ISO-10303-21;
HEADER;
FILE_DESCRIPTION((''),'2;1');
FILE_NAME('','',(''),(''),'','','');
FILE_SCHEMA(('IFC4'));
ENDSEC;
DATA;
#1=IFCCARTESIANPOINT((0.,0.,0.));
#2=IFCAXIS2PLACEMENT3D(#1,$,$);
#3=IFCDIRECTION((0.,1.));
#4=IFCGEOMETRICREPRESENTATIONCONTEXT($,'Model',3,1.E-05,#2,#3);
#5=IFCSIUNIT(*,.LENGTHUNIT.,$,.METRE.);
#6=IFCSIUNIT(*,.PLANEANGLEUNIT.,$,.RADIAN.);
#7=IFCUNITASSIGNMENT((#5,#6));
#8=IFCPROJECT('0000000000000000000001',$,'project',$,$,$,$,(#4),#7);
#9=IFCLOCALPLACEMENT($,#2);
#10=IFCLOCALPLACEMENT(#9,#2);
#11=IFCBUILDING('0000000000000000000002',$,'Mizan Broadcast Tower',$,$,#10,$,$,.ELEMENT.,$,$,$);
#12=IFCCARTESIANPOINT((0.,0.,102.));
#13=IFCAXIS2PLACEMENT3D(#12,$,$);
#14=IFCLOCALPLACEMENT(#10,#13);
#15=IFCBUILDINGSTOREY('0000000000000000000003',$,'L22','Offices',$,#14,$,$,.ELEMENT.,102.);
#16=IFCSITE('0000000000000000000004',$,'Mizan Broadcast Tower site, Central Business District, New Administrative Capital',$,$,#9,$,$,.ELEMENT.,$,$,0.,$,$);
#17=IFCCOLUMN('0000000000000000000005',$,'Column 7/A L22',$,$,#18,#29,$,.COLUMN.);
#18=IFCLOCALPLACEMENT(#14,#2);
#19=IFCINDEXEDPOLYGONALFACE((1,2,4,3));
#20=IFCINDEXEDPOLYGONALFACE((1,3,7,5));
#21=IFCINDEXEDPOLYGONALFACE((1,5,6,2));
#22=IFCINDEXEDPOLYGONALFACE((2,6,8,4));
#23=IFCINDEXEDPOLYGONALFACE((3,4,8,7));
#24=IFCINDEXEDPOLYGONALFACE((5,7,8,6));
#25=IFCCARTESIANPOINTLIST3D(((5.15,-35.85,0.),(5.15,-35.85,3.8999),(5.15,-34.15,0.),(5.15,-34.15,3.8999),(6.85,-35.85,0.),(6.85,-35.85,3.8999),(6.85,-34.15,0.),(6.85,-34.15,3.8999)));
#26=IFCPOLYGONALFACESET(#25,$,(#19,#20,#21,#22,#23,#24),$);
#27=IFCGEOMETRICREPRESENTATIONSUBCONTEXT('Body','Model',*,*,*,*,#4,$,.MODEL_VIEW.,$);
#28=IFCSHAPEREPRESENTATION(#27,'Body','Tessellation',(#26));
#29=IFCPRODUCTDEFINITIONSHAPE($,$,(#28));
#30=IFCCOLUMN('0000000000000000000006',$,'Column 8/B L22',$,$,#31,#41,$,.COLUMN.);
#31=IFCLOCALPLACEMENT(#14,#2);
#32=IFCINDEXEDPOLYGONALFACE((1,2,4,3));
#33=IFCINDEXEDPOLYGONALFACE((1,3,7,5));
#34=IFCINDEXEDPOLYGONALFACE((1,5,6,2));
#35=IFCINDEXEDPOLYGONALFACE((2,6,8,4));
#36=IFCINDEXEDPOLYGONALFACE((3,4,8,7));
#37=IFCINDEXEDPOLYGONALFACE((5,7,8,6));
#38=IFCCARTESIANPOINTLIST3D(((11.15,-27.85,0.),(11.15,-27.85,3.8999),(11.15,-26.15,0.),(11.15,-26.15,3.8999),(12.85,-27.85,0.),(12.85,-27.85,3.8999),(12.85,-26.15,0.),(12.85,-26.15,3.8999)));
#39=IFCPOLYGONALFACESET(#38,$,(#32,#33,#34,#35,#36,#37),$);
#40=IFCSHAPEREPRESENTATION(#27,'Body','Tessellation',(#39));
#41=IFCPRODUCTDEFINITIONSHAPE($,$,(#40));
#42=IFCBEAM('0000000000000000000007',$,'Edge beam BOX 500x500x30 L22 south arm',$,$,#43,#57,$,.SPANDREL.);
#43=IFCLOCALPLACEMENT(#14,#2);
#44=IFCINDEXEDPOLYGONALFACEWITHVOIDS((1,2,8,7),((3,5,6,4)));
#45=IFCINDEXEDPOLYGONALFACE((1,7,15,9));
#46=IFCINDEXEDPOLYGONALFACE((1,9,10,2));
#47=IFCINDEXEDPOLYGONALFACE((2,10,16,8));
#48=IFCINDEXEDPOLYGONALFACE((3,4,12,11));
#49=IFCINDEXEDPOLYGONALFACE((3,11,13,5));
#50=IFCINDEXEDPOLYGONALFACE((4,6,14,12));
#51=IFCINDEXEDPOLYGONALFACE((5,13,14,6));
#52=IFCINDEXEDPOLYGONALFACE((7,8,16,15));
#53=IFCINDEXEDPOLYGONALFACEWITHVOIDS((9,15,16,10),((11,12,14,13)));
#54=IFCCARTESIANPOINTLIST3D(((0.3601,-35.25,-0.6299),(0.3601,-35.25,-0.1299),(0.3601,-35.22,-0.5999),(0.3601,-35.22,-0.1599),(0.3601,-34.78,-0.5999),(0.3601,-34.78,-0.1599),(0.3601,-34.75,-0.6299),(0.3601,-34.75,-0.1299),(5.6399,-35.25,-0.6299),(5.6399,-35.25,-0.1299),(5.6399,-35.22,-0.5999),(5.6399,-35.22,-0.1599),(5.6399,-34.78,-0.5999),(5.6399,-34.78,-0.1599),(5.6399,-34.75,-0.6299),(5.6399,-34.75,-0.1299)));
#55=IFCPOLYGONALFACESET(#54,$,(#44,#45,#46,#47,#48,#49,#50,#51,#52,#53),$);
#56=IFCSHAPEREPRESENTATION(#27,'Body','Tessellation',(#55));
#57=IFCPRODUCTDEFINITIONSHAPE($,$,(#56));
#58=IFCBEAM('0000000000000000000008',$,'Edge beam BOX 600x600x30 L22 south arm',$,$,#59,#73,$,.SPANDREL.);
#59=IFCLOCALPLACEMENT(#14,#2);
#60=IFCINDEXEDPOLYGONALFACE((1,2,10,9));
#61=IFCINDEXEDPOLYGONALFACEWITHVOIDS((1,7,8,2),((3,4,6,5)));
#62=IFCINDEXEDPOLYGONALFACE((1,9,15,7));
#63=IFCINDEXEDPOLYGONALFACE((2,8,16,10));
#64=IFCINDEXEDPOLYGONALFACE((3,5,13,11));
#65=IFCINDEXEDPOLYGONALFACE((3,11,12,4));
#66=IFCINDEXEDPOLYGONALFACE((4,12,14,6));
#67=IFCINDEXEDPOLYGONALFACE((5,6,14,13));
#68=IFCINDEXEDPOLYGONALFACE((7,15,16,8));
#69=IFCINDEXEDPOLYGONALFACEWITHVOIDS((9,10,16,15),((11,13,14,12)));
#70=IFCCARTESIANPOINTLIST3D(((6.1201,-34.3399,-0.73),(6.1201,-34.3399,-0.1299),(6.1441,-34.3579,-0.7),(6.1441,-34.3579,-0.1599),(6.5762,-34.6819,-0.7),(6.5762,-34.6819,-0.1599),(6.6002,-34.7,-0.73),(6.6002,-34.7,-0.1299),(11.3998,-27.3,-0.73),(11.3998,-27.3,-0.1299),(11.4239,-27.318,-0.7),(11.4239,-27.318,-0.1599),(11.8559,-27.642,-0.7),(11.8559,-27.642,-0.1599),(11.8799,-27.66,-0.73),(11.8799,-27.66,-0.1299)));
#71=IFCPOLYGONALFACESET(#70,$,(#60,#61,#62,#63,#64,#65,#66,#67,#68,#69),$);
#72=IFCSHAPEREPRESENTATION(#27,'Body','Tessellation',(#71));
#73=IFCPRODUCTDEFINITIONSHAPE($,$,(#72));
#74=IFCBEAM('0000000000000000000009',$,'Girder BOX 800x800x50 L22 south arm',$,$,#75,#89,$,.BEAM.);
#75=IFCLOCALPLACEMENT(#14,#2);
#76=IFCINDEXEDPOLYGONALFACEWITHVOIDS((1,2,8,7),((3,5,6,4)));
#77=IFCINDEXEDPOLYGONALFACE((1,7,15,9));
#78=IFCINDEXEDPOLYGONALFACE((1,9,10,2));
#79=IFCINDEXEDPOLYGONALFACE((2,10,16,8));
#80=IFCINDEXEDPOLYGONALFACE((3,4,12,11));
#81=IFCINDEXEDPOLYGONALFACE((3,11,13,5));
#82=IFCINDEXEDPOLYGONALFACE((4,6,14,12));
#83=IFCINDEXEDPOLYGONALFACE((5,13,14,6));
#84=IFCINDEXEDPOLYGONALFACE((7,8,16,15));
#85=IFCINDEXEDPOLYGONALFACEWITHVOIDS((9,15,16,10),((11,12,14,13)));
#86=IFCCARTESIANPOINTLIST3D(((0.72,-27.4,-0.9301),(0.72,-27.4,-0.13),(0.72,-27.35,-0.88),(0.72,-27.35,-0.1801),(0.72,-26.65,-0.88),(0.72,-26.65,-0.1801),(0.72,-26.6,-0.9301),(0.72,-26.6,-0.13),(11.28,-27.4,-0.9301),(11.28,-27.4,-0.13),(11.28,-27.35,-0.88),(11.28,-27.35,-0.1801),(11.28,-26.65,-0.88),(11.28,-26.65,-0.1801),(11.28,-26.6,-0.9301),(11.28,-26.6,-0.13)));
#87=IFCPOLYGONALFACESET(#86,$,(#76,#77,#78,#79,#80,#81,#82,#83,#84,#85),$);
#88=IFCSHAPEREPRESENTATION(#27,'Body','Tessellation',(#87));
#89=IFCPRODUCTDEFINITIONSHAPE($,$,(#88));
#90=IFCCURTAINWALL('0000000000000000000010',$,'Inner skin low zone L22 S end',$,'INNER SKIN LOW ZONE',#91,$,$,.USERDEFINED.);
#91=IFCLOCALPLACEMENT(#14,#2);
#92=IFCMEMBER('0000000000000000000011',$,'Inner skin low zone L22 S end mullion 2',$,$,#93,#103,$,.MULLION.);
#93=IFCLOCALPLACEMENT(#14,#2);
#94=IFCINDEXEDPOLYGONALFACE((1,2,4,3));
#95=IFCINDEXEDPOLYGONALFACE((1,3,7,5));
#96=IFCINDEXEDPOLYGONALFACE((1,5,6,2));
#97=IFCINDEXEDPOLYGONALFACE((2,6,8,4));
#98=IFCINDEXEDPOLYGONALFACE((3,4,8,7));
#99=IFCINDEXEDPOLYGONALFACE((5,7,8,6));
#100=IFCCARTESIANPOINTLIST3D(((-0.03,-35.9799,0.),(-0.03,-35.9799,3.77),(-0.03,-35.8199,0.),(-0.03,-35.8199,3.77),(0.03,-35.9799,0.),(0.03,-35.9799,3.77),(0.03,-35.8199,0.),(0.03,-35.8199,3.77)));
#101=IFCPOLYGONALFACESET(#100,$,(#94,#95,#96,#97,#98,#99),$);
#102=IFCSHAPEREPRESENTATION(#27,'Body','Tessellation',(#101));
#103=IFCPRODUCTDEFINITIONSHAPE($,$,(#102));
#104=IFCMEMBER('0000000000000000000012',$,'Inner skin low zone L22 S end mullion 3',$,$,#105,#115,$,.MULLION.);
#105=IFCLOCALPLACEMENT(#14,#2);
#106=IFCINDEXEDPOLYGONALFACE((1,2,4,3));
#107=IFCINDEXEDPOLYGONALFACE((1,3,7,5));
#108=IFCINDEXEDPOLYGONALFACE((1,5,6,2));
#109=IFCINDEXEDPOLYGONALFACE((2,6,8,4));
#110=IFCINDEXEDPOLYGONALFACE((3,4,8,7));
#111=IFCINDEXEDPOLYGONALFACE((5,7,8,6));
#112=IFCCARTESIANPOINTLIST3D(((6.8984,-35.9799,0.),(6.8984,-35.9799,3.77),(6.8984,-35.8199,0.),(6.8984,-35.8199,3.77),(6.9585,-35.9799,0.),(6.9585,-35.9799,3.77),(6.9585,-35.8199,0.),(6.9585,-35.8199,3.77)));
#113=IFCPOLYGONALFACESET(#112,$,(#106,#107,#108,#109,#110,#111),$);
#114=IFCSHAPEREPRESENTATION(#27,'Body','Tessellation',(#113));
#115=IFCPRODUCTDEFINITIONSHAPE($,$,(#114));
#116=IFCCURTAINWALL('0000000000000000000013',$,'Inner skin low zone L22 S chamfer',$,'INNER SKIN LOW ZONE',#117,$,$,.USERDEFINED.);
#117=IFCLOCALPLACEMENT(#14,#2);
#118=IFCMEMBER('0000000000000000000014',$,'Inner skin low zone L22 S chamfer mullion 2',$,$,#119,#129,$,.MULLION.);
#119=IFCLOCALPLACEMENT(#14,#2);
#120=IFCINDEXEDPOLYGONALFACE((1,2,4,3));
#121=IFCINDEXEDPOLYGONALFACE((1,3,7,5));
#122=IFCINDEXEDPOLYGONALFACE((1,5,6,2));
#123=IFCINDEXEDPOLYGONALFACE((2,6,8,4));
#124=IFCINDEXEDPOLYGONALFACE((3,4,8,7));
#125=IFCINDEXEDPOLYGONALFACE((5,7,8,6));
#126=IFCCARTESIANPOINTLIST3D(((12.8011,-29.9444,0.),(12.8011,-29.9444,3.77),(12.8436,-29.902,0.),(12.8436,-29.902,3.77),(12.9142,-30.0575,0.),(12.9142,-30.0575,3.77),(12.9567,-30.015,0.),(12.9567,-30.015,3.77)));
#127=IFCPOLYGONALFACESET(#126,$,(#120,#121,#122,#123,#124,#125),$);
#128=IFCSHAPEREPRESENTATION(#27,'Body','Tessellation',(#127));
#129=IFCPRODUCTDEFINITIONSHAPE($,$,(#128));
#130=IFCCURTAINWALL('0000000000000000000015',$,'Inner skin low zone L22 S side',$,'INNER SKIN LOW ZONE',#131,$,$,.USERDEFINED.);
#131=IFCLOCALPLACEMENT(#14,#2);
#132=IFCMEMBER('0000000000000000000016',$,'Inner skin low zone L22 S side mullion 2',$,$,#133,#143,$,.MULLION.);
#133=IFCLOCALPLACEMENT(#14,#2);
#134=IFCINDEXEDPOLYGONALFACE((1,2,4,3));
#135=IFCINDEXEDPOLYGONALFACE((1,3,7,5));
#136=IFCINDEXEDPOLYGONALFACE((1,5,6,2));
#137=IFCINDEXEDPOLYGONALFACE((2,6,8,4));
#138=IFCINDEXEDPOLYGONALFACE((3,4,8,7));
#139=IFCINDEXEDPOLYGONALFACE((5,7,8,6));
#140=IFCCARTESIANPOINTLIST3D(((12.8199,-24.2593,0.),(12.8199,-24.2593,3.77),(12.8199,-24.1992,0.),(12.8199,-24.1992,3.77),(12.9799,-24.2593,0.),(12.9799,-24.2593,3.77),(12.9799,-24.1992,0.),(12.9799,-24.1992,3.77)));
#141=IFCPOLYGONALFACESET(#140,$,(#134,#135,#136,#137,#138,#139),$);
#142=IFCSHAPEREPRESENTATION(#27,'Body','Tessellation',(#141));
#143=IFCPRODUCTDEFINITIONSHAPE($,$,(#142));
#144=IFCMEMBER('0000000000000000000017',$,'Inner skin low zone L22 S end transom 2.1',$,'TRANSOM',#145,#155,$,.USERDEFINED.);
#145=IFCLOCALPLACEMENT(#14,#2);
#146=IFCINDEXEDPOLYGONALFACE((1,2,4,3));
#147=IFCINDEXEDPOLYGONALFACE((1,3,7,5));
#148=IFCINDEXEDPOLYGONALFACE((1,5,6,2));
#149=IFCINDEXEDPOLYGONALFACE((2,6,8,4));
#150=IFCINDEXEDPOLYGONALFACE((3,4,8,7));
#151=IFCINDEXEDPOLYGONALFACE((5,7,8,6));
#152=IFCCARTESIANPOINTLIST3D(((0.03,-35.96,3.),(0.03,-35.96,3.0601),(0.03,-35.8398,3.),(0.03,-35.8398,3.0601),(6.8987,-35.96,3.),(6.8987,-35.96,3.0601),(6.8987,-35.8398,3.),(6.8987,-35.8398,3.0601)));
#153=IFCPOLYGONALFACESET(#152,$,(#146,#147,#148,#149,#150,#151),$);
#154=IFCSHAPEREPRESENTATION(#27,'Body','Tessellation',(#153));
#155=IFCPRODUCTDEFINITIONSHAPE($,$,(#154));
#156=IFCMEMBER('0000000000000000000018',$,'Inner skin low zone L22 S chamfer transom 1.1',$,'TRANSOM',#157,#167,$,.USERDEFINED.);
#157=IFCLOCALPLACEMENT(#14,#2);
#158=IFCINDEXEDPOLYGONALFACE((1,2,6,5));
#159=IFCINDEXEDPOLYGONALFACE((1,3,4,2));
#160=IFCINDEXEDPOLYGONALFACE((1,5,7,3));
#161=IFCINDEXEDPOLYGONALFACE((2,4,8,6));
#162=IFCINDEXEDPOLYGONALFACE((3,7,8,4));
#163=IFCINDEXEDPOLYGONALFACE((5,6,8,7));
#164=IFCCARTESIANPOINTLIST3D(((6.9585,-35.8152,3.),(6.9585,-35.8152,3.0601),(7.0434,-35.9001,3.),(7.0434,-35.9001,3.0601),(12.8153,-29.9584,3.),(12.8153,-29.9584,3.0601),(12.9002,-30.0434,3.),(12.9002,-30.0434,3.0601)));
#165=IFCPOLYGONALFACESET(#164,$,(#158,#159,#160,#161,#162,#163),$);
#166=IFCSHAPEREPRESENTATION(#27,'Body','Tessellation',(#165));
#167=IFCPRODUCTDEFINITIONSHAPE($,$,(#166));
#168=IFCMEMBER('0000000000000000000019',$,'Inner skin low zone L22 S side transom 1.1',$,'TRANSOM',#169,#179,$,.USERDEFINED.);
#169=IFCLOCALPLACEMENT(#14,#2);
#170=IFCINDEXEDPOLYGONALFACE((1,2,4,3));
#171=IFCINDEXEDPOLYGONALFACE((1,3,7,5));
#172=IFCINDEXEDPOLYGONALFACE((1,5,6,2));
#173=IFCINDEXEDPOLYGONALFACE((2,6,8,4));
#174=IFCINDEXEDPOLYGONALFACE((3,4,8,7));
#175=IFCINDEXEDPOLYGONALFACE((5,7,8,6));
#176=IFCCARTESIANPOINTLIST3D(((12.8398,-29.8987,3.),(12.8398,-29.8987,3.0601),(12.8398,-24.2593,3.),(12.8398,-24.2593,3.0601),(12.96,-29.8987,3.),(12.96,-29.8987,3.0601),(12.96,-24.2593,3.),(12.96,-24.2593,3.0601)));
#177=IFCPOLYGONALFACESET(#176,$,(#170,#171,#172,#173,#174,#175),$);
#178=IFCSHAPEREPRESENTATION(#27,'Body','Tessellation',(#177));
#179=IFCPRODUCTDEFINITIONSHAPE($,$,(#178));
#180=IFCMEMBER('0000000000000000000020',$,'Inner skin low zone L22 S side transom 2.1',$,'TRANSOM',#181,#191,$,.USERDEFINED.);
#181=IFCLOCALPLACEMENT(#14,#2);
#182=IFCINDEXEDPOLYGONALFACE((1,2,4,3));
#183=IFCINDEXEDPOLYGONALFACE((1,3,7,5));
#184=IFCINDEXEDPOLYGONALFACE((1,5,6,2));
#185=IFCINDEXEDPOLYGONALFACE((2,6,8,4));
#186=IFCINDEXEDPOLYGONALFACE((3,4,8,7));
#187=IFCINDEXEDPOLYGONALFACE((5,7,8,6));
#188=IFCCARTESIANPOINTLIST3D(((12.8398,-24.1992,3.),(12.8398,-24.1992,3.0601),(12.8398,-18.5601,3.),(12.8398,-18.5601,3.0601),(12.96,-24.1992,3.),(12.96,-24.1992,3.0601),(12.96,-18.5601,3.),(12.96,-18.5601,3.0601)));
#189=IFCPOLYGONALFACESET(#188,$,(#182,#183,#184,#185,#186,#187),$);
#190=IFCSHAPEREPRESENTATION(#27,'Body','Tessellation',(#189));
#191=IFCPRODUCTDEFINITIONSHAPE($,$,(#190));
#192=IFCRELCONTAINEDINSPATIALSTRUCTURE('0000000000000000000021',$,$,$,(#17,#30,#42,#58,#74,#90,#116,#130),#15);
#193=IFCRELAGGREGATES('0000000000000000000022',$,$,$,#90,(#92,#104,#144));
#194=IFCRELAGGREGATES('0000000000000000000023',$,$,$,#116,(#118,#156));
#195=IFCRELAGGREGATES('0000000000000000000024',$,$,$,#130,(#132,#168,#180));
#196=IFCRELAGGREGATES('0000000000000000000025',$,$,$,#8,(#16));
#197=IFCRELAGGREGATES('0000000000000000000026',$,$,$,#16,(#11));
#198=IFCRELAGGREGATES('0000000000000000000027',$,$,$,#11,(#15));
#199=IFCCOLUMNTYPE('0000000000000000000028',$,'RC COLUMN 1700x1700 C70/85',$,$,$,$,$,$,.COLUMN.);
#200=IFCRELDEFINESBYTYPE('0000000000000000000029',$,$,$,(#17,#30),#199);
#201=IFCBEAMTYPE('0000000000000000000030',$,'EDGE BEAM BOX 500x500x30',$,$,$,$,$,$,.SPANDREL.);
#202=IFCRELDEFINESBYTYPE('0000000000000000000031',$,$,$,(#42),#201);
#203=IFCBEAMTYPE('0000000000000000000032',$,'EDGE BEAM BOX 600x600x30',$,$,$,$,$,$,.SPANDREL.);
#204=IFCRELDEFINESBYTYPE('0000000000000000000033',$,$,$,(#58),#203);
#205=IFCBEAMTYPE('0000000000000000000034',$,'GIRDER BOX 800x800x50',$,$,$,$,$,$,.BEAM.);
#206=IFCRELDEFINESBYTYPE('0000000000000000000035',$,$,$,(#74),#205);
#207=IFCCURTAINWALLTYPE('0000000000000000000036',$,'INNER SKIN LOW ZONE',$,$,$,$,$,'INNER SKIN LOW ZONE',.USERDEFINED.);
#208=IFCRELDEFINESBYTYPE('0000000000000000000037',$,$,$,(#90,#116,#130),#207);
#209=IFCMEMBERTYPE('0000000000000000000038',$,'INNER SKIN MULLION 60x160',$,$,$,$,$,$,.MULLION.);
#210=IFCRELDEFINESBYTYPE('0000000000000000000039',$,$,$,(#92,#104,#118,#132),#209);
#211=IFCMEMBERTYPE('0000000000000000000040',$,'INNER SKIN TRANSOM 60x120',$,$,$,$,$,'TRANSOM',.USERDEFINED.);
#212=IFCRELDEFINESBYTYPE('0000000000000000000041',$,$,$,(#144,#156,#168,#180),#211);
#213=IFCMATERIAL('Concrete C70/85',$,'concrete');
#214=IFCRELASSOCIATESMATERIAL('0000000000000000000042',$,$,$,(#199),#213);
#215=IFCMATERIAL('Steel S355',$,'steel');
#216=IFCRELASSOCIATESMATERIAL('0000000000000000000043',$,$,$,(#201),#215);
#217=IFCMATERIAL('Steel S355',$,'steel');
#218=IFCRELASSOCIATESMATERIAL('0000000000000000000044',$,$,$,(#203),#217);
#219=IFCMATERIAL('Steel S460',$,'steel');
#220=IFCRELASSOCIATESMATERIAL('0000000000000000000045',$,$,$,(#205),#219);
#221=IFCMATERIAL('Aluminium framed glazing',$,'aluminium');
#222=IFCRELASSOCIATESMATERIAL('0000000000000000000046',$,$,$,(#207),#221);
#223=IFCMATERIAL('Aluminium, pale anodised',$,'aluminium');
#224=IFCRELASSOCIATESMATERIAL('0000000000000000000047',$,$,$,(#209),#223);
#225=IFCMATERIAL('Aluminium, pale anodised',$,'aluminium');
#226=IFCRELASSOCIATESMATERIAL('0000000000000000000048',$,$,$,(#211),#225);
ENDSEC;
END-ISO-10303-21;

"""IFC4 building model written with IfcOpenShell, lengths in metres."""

from ifc_helpers import new_model, si_unit, direction, frame, origin, origin_2d, place, context, subcontext, project, spatial, rectangle, hollow_rectangle, extrude, material, material_profile, profile_set, type_object, element, aggregate, save


model = new_model("IFC4")

# Units and contexts
model_context = context("Model", 3, precision=1e-05, world=origin(), true_north=direction((0.0, 1.0)))
body_context = subcontext(model_context, "Body", "Model", "MODEL_VIEW")
ifc_project = project(units=[si_unit("LENGTHUNIT", "METRE"), si_unit("PLANEANGLEUNIT", "RADIAN")], contexts=[model_context])

# Site, building, storey
site_placement = place(None, origin())
site = spatial("IfcSite", under=ifc_project, at=site_placement, Name="Mizan Broadcast Tower site, Central Business District, New Administrative Capital", CompositionType="ELEMENT", RefElevation=0.0)
building_placement = place(site_placement, origin())
building = spatial("IfcBuilding", under=site, at=building_placement, Name="Mizan Broadcast Tower", CompositionType="ELEMENT")
storey_placement = place(building_placement, frame((0.0, 0.0, 102.0)))
storey = spatial("IfcBuildingStorey", under=building, at=storey_placement, Name="L22", Description="Offices", CompositionType="ELEMENT", Elevation=102.0)

# Columns
ifc_material_1 = material(Name="Concrete C70/85", Category="concrete")
ifc_material_profile_1 = material_profile(ifc_material_1, rectangle(XDim=1.7, YDim=1.7, at=origin_2d()), Name="RC 1700x1700")
ifc_profile_set_1 = profile_set([ifc_material_profile_1], Name="Concrete C70/85")
column_type = type_object("IfcColumnType", Name="RC COLUMN 1700x1700 C70/85", PredefinedType="COLUMN", material=ifc_profile_set_1)
for number, where, z_axis, x_axis, name in (
    (1, (6.0, -35.0, 0.0), (0.0, 0.0, 1.0), (1.0, 0.0, 0.0), "Column 7/A L22"),
    (2, (12.0, -27.0, 0.0), (0.0, 0.0, 1.0), (1.0, 0.0, 0.0), "Column 8/B L22"),
):
    element("IfcColumn", number, at=place(storey_placement, frame(where, z_axis=z_axis, x_axis=x_axis)), inside=storey, type_object=column_type, Name=name, PredefinedType="COLUMN", context=body_context, shape_type="SweptSolid", body=[
        extrude(rectangle(XDim=1.7, YDim=1.7, at=origin_2d()), origin(), (0.0, 0.0, 1.0), 3.8999),
    ])

# Beams
ifc_material_2 = material(Name="Steel S355", Category="steel")
ifc_material_profile_2 = material_profile(ifc_material_2, hollow_rectangle(XDim=0.5, YDim=0.5, WallThickness=0.03, at=origin_2d()), Name="BOX 500x500x30")
ifc_profile_set_2 = profile_set([ifc_material_profile_2], Name="Steel S355")
beam_type_1 = type_object("IfcBeamType", Name="EDGE BEAM BOX 500x500x30", PredefinedType="SPANDREL", material=ifc_profile_set_2)
beam_1_placement = place(storey_placement, frame((5.6399, -35.0, -0.3799), z_axis=(-1.0, 0.0, 0.0), x_axis=(0.0, -1.0, 0.0)))
element("IfcBeam", 3, at=beam_1_placement, inside=storey, type_object=beam_type_1, Name="Edge beam BOX 500x500x30 L22 south arm", PredefinedType="SPANDREL", context=body_context, shape_type="SweptSolid", body=[
    extrude(hollow_rectangle(XDim=0.5, YDim=0.5, WallThickness=0.03, at=origin_2d()), origin(), (0.0, 0.0, 1.0), 5.2798),
])
ifc_material_3 = material(Name="Steel S355", Category="steel")
ifc_material_profile_3 = material_profile(ifc_material_3, hollow_rectangle(XDim=0.6001, YDim=0.6001, WallThickness=0.03, at=origin_2d()), Name="BOX 600x600x30")
ifc_profile_set_3 = profile_set([ifc_material_profile_3], Name="Steel S355")
beam_type_2 = type_object("IfcBeamType", Name="EDGE BEAM BOX 600x600x30", PredefinedType="SPANDREL", material=ifc_profile_set_3)
beam_2_placement = place(storey_placement, frame((11.6399, -27.48, -0.4299), z_axis=(-0.599982, -0.800013, 0.0), x_axis=(0.800013, -0.599982, 0.0)))
element("IfcBeam", 4, at=beam_2_placement, inside=storey, type_object=beam_type_2, Name="Edge beam BOX 600x600x30 L22 south arm", PredefinedType="SPANDREL", context=body_context, shape_type="SweptSolid", body=[
    extrude(hollow_rectangle(XDim=0.6001, YDim=0.6001, WallThickness=0.03, at=origin_2d()), origin(), (0.0, 0.0, 1.0), 8.7998),
])
ifc_material_4 = material(Name="Steel S460", Category="steel")
ifc_material_profile_4 = material_profile(ifc_material_4, hollow_rectangle(XDim=0.8, YDim=0.8, WallThickness=0.05, at=origin_2d()), Name="BOX 800x800x50")
ifc_profile_set_4 = profile_set([ifc_material_profile_4], Name="Steel S460")
beam_type_3 = type_object("IfcBeamType", Name="GIRDER BOX 800x800x50", PredefinedType="BEAM", material=ifc_profile_set_4)
beam_3_placement = place(storey_placement, frame((11.28, -27.0, -0.53), z_axis=(-1.0, 0.0, 0.0), x_axis=(0.0, -1.0, 0.0)))
element("IfcBeam", 5, at=beam_3_placement, inside=storey, type_object=beam_type_3, Name="Girder BOX 800x800x50 L22 south arm", PredefinedType="BEAM", context=body_context, shape_type="SweptSolid", body=[
    extrude(hollow_rectangle(XDim=0.8, YDim=0.8, WallThickness=0.05, at=origin_2d()), origin(), (0.0, 0.0, 1.0), 10.5601),
])

# Curtain wall, members
ifc_material_5 = material(Name="Aluminium framed glazing", Category="aluminium")
curtain_wall_type_1 = type_object("IfcCurtainWallType", Name="INNER SKIN LOW ZONE", ElementType="INNER SKIN LOW ZONE", PredefinedType="USERDEFINED", material=ifc_material_5)
curtain_wall_1_placement = place(storey_placement, origin())
curtain_wall_1 = element("IfcCurtainWall", 6, at=curtain_wall_1_placement, inside=storey, type_object=curtain_wall_type_1, Name="Inner skin low zone L22 S end", ObjectType="INNER SKIN LOW ZONE", PredefinedType="USERDEFINED")
ifc_material_6 = material(Name="Aluminium, pale anodised", Category="aluminium")
ifc_material_profile_5 = material_profile(ifc_material_6, rectangle(XDim=0.1599, YDim=0.0601, at=origin_2d()), Name="MULLION 160x60")
ifc_profile_set_5 = profile_set([ifc_material_profile_5], Name="Aluminium, pale anodised")
member_type_1 = type_object("IfcMemberType", Name="INNER SKIN MULLION 60x160", PredefinedType="MULLION", material=ifc_profile_set_5)
member_1_placement = place(storey_placement, frame((0.0, -35.8999, 0.0), z_axis=(0.0, 0.0, 1.0), x_axis=(0.0, 1.0, 0.0)))
member_1 = element("IfcMember", 7, at=member_1_placement, type_object=member_type_1, Name="Inner skin low zone L22 S end mullion 2", PredefinedType="MULLION", context=body_context, shape_type="SweptSolid", body=[
    extrude(rectangle(XDim=0.1599, YDim=0.0601, at=origin_2d()), origin(), (0.0, 0.0, 1.0), 3.77),
])
member_2_placement = place(storey_placement, frame((6.9285, -35.8999, 0.0), z_axis=(0.0, 0.0, 1.0), x_axis=(0.0, 1.0, 0.0)))
member_2 = element("IfcMember", 8, at=member_2_placement, type_object=member_type_1, Name="Inner skin low zone L22 S end mullion 3", PredefinedType="MULLION", context=body_context, shape_type="SweptSolid", body=[
    extrude(rectangle(XDim=0.1599, YDim=0.0601, at=origin_2d()), origin(), (0.0, 0.0, 1.0), 3.77),
])

# Curtain walls, members
curtain_wall_2_placement = place(storey_placement, origin())
curtain_wall_2 = element("IfcCurtainWall", 9, at=curtain_wall_2_placement, inside=storey, type_object=curtain_wall_type_1, Name="Inner skin low zone L22 S chamfer", ObjectType="INNER SKIN LOW ZONE", PredefinedType="USERDEFINED")
member_3_placement = place(storey_placement, frame((12.8789, -29.9797, 0.0), z_axis=(0.0, 0.0, 1.0), x_axis=(-0.707107, 0.707107, 0.0)))
member_3 = element("IfcMember", 10, at=member_3_placement, type_object=member_type_1, Name="Inner skin low zone L22 S chamfer mullion 2", PredefinedType="MULLION", context=body_context, shape_type="SweptSolid", body=[
    extrude(rectangle(XDim=0.1599, YDim=0.0601, at=origin_2d()), origin(), (0.0, 0.0, 1.0), 3.77),
])
curtain_wall_3_placement = place(storey_placement, origin())
curtain_wall_3 = element("IfcCurtainWall", 11, at=curtain_wall_3_placement, inside=storey, type_object=curtain_wall_type_1, Name="Inner skin low zone L22 S side", ObjectType="INNER SKIN LOW ZONE", PredefinedType="USERDEFINED")
member_4_placement = place(storey_placement, frame((12.8999, -24.2292, 0.0), z_axis=(0.0, 0.0, 1.0), x_axis=(-1.0, 0.0, 0.0)))
member_4 = element("IfcMember", 12, at=member_4_placement, type_object=member_type_1, Name="Inner skin low zone L22 S side mullion 2", PredefinedType="MULLION", context=body_context, shape_type="SweptSolid", body=[
    extrude(rectangle(XDim=0.1599, YDim=0.0601, at=origin_2d()), origin(), (0.0, 0.0, 1.0), 3.77),
])

# Members
ifc_material_7 = material(Name="Aluminium, pale anodised", Category="aluminium")
ifc_material_profile_6 = material_profile(ifc_material_7, rectangle(XDim=0.1201, YDim=0.0601, at=origin_2d()), Name="TRANSOM 120x60")
ifc_profile_set_6 = profile_set([ifc_material_profile_6], Name="Aluminium, pale anodised")
member_type_2 = type_object("IfcMemberType", Name="INNER SKIN TRANSOM 60x120", ElementType="TRANSOM", PredefinedType="USERDEFINED", material=ifc_profile_set_6)
member_5_placement = place(storey_placement, frame((0.03, -35.8999, 3.03), z_axis=(1.0, 0.0, 0.0), x_axis=(0.0, 1.0, 0.0)))
member_5 = element("IfcMember", 13, at=member_5_placement, type_object=member_type_2, Name="Inner skin low zone L22 S end transom 2.1", ObjectType="TRANSOM", PredefinedType="USERDEFINED", context=body_context, shape_type="SweptSolid", body=[
    extrude(rectangle(XDim=0.1201, YDim=0.0601, at=origin_2d()), origin(), (0.0, 0.0, 1.0), 6.8687),
])
member_6_placement = place(storey_placement, frame((7.001, -35.8577, 3.03), z_axis=(0.707107, 0.707107, 0.0), x_axis=(-0.707107, 0.707107, 0.0)))
member_6 = element("IfcMember", 14, at=member_6_placement, type_object=member_type_2, Name="Inner skin low zone L22 S chamfer transom 1.1", ObjectType="TRANSOM", PredefinedType="USERDEFINED", context=body_context, shape_type="SweptSolid", body=[
    extrude(rectangle(XDim=0.1201, YDim=0.0601, at=origin_2d()), origin(), (0.0, 0.0, 1.0), 8.2827),
])
member_7_placement = place(storey_placement, frame((12.8999, -29.8987, 3.03), z_axis=(0.0, 1.0, 0.0), x_axis=(-1.0, 0.0, 0.0)))
member_7 = element("IfcMember", 15, at=member_7_placement, type_object=member_type_2, Name="Inner skin low zone L22 S side transom 1.1", ObjectType="TRANSOM", PredefinedType="USERDEFINED", context=body_context, shape_type="SweptSolid", body=[
    extrude(rectangle(XDim=0.1201, YDim=0.0601, at=origin_2d()), origin(), (0.0, 0.0, 1.0), 5.6394),
])
member_8_placement = place(storey_placement, frame((12.8999, -24.1992, 3.03), z_axis=(0.0, 1.0, 0.0), x_axis=(-1.0, 0.0, 0.0)))
member_8 = element("IfcMember", 16, at=member_8_placement, type_object=member_type_2, Name="Inner skin low zone L22 S side transom 2.1", ObjectType="TRANSOM", PredefinedType="USERDEFINED", context=body_context, shape_type="SweptSolid", body=[
    extrude(rectangle(XDim=0.1201, YDim=0.0601, at=origin_2d()), origin(), (0.0, 0.0, 1.0), 5.6392),
])

aggregate(curtain_wall_1, [member_1, member_2, member_5])
aggregate(curtain_wall_2, [member_3, member_6])
aggregate(curtain_wall_3, [member_4, member_7, member_8])

save(model, "model.ifc")
